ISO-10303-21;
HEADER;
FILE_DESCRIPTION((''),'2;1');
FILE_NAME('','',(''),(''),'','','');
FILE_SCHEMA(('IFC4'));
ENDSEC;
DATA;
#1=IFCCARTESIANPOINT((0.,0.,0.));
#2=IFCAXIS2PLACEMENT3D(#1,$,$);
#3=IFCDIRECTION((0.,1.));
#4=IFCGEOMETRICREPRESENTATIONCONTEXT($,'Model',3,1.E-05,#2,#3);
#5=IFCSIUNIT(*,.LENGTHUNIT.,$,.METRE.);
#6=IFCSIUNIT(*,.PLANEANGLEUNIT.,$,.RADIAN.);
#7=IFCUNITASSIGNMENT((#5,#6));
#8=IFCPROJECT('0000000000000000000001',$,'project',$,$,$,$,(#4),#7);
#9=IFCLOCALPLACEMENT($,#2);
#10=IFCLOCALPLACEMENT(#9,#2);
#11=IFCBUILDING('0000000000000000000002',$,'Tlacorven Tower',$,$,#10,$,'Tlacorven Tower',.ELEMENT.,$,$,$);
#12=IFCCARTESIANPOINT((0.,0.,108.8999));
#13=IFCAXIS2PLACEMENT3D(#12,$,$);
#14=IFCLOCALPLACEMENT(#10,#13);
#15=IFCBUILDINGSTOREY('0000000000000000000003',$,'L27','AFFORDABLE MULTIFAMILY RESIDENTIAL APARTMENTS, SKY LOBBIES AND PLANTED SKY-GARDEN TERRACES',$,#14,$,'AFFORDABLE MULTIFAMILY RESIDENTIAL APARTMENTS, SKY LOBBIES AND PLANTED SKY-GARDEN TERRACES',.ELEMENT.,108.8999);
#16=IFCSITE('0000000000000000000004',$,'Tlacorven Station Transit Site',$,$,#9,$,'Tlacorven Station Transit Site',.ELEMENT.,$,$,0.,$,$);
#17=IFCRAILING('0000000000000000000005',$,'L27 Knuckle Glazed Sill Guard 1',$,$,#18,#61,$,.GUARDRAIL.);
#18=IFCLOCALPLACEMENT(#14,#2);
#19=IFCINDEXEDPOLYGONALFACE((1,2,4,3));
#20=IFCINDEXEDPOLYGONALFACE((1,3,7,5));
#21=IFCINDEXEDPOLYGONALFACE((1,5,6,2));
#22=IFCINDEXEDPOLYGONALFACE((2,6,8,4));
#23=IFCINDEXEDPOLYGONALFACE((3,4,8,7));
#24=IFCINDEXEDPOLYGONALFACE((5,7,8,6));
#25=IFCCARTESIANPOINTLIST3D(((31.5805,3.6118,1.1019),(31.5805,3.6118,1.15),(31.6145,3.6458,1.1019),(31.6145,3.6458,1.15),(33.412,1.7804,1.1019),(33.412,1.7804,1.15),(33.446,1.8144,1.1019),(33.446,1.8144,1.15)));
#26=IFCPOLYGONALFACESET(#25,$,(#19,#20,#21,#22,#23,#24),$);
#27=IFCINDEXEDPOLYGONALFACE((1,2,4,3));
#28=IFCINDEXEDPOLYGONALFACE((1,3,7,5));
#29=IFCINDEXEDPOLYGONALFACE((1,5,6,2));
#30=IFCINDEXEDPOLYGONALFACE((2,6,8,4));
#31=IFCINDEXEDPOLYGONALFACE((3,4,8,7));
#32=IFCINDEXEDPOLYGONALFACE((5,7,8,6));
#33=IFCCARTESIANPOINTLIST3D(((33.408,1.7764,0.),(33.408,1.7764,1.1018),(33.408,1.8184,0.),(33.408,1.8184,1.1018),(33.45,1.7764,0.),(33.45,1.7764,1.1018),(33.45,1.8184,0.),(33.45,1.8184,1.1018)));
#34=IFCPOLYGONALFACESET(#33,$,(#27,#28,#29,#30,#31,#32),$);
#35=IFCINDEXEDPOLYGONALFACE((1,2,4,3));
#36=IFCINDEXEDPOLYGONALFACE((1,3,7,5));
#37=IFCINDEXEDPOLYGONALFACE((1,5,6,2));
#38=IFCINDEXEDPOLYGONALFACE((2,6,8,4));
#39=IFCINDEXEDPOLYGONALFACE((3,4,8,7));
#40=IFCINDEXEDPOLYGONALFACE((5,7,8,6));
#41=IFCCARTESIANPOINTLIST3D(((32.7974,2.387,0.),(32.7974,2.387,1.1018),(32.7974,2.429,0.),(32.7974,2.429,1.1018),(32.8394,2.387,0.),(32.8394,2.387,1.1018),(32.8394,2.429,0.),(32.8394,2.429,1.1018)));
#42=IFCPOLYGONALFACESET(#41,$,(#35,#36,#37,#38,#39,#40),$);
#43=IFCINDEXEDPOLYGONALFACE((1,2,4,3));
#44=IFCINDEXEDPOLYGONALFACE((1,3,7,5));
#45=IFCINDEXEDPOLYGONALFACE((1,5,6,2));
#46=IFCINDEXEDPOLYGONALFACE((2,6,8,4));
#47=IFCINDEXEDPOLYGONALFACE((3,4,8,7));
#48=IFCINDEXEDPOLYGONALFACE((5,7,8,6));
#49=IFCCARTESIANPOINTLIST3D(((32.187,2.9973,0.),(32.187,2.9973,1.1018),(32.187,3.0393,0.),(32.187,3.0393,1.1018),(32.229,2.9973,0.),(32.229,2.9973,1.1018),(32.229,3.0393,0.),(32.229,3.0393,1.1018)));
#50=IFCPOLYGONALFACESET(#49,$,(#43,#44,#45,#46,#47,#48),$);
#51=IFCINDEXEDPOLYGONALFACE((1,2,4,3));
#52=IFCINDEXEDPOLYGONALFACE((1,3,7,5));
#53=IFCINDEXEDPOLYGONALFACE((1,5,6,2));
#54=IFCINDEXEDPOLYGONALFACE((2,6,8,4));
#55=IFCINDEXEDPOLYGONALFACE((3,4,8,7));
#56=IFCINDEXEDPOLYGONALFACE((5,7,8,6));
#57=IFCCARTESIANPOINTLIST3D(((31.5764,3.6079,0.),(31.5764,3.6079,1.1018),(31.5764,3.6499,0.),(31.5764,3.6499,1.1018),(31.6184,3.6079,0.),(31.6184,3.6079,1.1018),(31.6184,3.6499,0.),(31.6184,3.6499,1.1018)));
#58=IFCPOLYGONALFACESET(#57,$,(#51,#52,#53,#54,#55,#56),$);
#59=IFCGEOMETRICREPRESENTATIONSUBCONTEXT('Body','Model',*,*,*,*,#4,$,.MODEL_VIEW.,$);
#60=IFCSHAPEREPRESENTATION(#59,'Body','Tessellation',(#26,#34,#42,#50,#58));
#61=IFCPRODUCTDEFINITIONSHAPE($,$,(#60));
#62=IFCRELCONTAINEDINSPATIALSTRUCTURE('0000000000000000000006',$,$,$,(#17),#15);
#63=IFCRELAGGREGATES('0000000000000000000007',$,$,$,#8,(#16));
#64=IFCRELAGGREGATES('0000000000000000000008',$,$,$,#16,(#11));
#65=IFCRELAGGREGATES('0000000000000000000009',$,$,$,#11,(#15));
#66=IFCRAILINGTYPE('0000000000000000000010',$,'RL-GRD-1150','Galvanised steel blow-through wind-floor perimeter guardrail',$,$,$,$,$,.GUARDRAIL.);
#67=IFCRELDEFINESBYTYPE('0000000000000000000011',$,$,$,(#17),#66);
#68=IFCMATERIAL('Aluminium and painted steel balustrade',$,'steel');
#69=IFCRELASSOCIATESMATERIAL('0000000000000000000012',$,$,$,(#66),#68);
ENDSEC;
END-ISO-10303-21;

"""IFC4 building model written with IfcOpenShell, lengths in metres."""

from ifc_helpers import new_model, si_unit, direction, frame, origin, origin_2d, place, context, subcontext, project, spatial, rectangle, extrude, source, transform, mapped, material, type_object, element, save


model = new_model("IFC4")

# Units and contexts
model_context = context("Model", 3, precision=1e-05, world=origin(), true_north=direction((0.0, 1.0)))
body_context = subcontext(model_context, "Body", "Model", "MODEL_VIEW")
ifc_project = project(units=[si_unit("LENGTHUNIT", "METRE"), si_unit("PLANEANGLEUNIT", "RADIAN")], contexts=[model_context])

# Site, building, storey
site_placement = place(None, origin())
site = spatial("IfcSite", under=ifc_project, at=site_placement, Name="Tlacorven Station Transit Site", LongName="Tlacorven Station Transit Site", CompositionType="ELEMENT", RefElevation=0.0)
building_placement = place(site_placement, origin())
building = spatial("IfcBuilding", under=site, at=building_placement, Name="Tlacorven Tower", LongName="Tlacorven Tower", CompositionType="ELEMENT")
storey_placement = place(building_placement, frame((0.0, 0.0, 108.8999)))
storey = spatial("IfcBuildingStorey", under=building, at=storey_placement, Name="L27", Description="AFFORDABLE MULTIFAMILY RESIDENTIAL APARTMENTS, SKY LOBBIES AND PLANTED SKY-GARDEN TERRACES", LongName="AFFORDABLE MULTIFAMILY RESIDENTIAL APARTMENTS, SKY LOBBIES AND PLANTED SKY-GARDEN TERRACES", CompositionType="ELEMENT", Elevation=108.8999)

# Railing
ifc_material_1 = material(Name="Aluminium and painted steel balustrade", Category="steel")
railing_type = type_object("IfcRailingType", Name="RL-GRD-1150", Description="Galvanised steel blow-through wind-floor perimeter guardrail", PredefinedType="GUARDRAIL", material=ifc_material_1)
shared_shape_1 = source(origin(), body_context, "Body", "SweptSolid", [
    extrude(rectangle(XDim=0.0481, YDim=0.0481, at=origin_2d()), frame((0.0, 0.0, 1.126), z_axis=(-0.707107, 0.707107, 0.0), x_axis=(-0.707107, -0.707107, 0.0)), (0.0, 0.0, 1.0), 2.5901),
    extrude(rectangle(XDim=0.042, YDim=0.042, at=origin_2d()), origin(), (0.0, 0.0, 1.0), 1.1018),
    extrude(rectangle(XDim=0.042, YDim=0.042, at=origin_2d()), frame((-0.6106, 0.6106, 0.0)), (0.0, 0.0, 1.0), 1.1018),
    extrude(rectangle(XDim=0.042, YDim=0.042, at=origin_2d()), frame((-1.2209, 1.2209, 0.0)), (0.0, 0.0, 1.0), 1.1018),
    extrude(rectangle(XDim=0.042, YDim=0.042, at=origin_2d()), frame((-1.8315, 1.8315, 0.0)), (0.0, 0.0, 1.0), 1.1018),
])
railing_placement = place(storey_placement, frame((33.429, 1.7974, 0.0)))
element("IfcRailing", 1, at=railing_placement, inside=storey, type_object=railing_type, Name="L27 Knuckle Glazed Sill Guard 1", PredefinedType="GUARDRAIL", context=body_context, shape_type="MappedRepresentation", body=[
    mapped(shared_shape_1, transform((0.0, 0.0, 0.0), scale=1.0)),
])

save(model, "model.ifc")
